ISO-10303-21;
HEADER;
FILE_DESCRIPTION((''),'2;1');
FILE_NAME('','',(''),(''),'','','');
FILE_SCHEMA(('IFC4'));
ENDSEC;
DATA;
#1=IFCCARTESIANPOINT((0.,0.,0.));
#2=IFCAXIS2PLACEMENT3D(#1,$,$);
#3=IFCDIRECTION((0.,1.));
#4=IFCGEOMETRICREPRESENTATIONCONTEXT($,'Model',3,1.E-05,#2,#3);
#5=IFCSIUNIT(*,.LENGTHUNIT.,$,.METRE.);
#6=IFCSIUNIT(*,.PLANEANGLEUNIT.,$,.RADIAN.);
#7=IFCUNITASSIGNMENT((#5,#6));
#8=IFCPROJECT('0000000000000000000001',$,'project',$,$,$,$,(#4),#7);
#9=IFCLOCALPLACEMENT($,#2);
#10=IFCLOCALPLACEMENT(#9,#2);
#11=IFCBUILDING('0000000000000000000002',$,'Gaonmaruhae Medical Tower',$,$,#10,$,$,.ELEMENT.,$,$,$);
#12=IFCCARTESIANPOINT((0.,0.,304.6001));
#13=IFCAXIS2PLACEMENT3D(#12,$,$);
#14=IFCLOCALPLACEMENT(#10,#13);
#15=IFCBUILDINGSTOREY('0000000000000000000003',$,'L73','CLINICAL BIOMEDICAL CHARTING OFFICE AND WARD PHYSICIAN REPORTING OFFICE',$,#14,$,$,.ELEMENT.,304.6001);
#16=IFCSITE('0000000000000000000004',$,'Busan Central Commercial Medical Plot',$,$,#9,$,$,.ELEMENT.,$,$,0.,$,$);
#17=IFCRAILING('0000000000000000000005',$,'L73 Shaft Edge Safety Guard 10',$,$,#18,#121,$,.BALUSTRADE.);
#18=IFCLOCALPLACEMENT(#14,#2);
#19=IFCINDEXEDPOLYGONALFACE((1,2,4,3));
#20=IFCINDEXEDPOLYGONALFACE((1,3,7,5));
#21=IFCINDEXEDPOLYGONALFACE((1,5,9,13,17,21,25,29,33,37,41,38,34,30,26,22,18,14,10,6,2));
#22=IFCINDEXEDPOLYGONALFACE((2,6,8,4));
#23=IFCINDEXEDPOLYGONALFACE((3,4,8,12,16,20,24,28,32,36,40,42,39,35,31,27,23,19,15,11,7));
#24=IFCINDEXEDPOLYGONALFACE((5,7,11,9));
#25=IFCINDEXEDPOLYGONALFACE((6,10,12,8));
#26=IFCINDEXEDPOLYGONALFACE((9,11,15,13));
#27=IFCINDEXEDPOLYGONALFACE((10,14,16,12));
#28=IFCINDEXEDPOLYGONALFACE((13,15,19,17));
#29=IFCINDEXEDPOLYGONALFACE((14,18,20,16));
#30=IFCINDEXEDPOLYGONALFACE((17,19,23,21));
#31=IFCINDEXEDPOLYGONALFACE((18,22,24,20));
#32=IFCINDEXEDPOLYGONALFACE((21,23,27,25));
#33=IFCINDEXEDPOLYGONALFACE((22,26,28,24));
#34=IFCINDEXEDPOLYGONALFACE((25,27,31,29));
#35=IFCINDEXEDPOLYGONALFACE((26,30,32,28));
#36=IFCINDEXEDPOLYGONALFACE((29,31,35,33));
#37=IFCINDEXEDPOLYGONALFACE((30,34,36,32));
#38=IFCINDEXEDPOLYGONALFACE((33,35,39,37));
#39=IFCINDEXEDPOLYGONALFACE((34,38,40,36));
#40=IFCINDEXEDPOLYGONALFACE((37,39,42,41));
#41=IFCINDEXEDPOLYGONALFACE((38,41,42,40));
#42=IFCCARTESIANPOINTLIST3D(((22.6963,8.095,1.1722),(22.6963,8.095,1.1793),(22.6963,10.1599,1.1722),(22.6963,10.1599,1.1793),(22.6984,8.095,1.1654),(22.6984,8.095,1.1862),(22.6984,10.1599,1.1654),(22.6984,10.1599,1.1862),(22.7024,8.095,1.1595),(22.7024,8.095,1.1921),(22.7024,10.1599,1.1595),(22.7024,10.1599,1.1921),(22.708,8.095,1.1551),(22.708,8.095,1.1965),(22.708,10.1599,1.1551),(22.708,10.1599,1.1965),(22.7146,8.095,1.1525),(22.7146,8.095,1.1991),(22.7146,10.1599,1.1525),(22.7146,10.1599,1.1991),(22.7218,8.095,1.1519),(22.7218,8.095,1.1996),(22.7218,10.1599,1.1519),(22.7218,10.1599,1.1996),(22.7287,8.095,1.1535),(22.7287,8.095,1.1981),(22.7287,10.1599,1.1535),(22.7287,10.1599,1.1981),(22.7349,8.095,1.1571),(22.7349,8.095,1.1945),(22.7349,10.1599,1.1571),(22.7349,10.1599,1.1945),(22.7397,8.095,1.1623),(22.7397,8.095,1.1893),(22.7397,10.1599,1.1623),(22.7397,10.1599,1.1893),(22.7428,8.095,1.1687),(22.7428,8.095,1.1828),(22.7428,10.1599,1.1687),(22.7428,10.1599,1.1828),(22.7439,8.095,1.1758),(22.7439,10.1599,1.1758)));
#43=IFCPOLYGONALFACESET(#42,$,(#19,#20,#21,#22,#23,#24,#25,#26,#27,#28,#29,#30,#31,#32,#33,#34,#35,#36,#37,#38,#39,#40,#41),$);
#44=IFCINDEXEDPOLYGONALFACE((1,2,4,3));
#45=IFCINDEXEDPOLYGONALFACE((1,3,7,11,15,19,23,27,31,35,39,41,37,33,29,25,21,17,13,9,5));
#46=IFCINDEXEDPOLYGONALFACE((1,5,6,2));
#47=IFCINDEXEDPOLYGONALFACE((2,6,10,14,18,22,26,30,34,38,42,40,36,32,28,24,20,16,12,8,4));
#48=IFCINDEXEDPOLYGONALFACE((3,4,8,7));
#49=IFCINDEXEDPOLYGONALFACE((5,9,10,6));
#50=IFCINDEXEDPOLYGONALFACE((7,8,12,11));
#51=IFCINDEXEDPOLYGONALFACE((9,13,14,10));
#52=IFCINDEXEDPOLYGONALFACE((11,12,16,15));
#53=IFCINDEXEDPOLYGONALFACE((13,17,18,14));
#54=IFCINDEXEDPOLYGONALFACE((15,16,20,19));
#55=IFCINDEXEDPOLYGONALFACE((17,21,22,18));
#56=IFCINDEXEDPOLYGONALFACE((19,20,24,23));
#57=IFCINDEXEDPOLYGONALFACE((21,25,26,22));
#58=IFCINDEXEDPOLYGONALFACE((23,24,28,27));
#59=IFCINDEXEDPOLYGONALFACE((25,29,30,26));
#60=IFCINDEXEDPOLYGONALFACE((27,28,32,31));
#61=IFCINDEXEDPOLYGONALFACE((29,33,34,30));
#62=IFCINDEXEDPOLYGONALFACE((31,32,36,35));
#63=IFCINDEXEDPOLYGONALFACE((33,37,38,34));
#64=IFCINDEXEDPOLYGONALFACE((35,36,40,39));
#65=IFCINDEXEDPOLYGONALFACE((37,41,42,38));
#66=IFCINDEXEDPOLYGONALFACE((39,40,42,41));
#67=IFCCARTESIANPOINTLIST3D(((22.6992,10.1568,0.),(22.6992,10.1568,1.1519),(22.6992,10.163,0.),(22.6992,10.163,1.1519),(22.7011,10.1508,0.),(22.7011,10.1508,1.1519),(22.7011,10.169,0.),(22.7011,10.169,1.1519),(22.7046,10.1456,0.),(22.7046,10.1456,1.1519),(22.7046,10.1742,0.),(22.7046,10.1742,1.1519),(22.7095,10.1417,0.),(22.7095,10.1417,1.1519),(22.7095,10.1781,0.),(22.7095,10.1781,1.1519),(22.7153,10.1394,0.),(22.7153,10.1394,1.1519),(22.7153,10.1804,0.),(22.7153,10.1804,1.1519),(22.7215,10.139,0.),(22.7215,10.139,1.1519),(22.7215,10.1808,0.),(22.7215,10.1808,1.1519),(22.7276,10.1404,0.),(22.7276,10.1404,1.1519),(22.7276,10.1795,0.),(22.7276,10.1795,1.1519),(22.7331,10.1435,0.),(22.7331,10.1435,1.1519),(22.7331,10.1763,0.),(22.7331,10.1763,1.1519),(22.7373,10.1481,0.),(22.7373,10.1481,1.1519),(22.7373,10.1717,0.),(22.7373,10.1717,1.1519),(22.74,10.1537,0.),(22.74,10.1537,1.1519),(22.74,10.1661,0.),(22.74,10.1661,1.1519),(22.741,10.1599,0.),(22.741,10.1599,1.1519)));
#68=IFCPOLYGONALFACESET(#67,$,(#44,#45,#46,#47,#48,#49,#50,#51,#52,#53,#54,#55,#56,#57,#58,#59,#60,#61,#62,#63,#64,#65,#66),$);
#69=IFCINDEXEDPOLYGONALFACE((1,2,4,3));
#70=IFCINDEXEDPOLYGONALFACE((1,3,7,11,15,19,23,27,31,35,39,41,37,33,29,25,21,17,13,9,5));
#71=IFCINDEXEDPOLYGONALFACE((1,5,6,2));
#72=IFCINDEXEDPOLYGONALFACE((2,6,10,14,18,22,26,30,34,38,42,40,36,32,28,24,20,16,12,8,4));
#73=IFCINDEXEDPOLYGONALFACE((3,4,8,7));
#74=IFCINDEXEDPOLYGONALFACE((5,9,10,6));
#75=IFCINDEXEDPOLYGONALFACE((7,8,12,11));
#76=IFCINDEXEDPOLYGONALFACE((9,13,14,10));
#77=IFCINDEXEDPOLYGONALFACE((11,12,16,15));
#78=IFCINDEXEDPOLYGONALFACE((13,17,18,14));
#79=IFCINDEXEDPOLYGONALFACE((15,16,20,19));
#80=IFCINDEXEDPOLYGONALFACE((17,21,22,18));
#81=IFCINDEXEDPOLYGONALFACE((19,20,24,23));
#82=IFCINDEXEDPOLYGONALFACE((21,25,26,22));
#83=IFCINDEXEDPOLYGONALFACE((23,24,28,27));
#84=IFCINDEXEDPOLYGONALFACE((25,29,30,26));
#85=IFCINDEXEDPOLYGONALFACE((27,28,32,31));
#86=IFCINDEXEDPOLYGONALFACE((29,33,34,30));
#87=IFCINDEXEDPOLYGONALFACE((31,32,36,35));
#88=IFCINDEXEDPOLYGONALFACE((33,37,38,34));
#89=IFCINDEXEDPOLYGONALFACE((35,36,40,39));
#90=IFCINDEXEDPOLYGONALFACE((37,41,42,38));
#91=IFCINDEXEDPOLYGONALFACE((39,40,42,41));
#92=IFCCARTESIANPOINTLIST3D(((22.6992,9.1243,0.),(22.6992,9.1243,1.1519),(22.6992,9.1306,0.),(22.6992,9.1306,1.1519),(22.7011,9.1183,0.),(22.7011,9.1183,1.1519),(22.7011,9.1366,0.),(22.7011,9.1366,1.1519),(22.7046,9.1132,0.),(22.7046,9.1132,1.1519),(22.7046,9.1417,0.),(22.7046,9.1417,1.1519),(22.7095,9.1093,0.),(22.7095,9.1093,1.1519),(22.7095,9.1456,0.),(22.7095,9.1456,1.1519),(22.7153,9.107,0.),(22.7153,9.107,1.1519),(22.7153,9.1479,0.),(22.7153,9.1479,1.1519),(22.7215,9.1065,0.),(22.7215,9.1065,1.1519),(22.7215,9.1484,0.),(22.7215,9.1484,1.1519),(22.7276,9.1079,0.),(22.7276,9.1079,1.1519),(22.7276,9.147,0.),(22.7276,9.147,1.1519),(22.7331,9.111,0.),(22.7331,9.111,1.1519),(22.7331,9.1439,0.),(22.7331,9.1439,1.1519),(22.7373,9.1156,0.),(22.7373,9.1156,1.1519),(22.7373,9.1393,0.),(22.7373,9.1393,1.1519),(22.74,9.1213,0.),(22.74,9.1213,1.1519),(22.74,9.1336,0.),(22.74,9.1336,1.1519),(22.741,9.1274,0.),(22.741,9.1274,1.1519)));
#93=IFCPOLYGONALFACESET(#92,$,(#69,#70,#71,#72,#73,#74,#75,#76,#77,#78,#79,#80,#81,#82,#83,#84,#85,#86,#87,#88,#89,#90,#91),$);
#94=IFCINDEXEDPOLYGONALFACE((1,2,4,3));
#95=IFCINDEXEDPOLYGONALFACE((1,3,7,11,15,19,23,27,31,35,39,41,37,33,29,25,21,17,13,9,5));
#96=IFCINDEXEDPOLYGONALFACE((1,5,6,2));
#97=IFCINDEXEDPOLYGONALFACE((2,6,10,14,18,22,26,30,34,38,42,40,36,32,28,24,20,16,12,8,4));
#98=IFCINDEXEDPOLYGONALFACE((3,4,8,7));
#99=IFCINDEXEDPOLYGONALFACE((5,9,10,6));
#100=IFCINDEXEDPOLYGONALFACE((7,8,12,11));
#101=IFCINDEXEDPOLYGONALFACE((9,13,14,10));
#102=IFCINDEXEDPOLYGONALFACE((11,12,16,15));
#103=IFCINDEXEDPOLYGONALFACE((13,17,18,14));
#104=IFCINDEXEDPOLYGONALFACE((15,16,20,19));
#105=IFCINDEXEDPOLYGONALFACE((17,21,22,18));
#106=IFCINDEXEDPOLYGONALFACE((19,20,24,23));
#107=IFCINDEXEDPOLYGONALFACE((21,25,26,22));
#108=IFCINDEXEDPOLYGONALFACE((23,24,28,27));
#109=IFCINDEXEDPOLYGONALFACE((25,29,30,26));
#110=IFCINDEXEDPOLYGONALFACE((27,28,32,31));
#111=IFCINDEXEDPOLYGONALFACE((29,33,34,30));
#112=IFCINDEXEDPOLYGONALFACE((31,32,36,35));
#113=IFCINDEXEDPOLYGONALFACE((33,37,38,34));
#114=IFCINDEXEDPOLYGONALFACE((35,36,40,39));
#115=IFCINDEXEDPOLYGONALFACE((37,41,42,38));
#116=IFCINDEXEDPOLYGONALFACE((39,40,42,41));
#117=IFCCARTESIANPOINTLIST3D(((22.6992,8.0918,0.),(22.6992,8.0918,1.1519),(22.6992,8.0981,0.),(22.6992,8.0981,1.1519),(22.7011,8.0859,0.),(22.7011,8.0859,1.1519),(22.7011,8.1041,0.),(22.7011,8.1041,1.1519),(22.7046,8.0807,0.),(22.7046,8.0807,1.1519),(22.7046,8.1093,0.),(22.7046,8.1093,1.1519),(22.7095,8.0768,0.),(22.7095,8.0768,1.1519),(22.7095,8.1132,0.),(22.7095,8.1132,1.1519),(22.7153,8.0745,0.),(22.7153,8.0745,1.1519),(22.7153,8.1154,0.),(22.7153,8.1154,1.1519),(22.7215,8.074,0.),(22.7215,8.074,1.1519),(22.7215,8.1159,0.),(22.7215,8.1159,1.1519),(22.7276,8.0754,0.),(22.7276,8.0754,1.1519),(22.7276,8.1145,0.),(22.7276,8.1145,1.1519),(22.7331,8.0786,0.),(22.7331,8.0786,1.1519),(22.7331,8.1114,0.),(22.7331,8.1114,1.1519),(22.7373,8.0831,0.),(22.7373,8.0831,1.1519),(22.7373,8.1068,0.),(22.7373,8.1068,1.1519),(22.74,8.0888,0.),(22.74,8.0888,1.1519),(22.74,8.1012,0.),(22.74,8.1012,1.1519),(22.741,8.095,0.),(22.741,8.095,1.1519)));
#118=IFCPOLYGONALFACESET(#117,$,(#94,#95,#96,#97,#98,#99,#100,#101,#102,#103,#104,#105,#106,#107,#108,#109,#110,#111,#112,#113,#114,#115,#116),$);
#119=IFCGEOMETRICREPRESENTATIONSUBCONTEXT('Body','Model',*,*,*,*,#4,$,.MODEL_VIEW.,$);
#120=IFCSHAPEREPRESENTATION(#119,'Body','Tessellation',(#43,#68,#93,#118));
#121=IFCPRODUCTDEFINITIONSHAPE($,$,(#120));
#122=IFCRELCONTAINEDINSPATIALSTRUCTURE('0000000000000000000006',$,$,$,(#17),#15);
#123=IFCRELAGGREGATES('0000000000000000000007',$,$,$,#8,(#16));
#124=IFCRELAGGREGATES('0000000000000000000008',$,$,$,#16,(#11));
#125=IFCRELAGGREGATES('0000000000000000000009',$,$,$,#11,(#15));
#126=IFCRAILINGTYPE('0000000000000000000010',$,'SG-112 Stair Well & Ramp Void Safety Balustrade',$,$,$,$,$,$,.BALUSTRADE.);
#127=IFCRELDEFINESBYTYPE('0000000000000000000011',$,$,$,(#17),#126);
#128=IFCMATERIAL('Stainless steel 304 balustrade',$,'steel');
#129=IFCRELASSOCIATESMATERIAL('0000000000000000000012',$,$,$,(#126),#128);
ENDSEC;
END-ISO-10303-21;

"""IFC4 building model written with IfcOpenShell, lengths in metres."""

from ifc_helpers import new_model, si_unit, direction, frame, origin, origin_2d, place, context, subcontext, project, spatial, circle, extrude, material, type_object, element, save


model = new_model("IFC4")

# Units and contexts
model_context = context("Model", 3, precision=1e-05, world=origin(), true_north=direction((0.0, 1.0)))
body_context = subcontext(model_context, "Body", "Model", "MODEL_VIEW")
ifc_project = project(units=[si_unit("LENGTHUNIT", "METRE"), si_unit("PLANEANGLEUNIT", "RADIAN")], contexts=[model_context])

# Site, building, storey
site_placement = place(None, origin())
site = spatial("IfcSite", under=ifc_project, at=site_placement, Name="Busan Central Commercial Medical Plot", CompositionType="ELEMENT", RefElevation=0.0)
building_placement = place(site_placement, origin())
building = spatial("IfcBuilding", under=site, at=building_placement, Name="Gaonmaruhae Medical Tower", CompositionType="ELEMENT")
storey_placement = place(building_placement, frame((0.0, 0.0, 304.6001)))
storey = spatial("IfcBuildingStorey", under=building, at=storey_placement, Name="L73", Description="CLINICAL BIOMEDICAL CHARTING OFFICE AND WARD PHYSICIAN REPORTING OFFICE", CompositionType="ELEMENT", Elevation=304.6001)

# Railing
ifc_material_1 = material(Name="Stainless steel 304 balustrade", Category="steel")
railing_type = type_object("IfcRailingType", Name="SG-112 Stair Well & Ramp Void Safety Balustrade", PredefinedType="BALUSTRADE", material=ifc_material_1)
railing_placement = place(storey_placement, frame((22.72, 10.1599, 0.0)))
element("IfcRailing", 1, at=railing_placement, inside=storey, type_object=railing_type, Name="L73 Shaft Edge Safety Guard 10", PredefinedType="BALUSTRADE", context=body_context, shape_type="SweptSolid", body=[
    extrude(circle(Radius=0.0239, at=origin_2d()), frame((0.0, 0.0, 1.1758), z_axis=(0.0, -1.0, 0.0), x_axis=(1.0, 0.0, 0.0)), (0.0, 0.0, 1.0), 2.0649),
    extrude(circle(Radius=0.021, at=origin_2d()), origin(), (0.0, 0.0, 1.0), 1.1519),
    extrude(circle(Radius=0.021, at=origin_2d()), frame((0.0, -1.0325, 0.0)), (0.0, 0.0, 1.0), 1.1519),
    extrude(circle(Radius=0.021, at=origin_2d()), frame((0.0, -2.0649, 0.0)), (0.0, 0.0, 1.0), 1.1519),
])

save(model, "model.ifc")
